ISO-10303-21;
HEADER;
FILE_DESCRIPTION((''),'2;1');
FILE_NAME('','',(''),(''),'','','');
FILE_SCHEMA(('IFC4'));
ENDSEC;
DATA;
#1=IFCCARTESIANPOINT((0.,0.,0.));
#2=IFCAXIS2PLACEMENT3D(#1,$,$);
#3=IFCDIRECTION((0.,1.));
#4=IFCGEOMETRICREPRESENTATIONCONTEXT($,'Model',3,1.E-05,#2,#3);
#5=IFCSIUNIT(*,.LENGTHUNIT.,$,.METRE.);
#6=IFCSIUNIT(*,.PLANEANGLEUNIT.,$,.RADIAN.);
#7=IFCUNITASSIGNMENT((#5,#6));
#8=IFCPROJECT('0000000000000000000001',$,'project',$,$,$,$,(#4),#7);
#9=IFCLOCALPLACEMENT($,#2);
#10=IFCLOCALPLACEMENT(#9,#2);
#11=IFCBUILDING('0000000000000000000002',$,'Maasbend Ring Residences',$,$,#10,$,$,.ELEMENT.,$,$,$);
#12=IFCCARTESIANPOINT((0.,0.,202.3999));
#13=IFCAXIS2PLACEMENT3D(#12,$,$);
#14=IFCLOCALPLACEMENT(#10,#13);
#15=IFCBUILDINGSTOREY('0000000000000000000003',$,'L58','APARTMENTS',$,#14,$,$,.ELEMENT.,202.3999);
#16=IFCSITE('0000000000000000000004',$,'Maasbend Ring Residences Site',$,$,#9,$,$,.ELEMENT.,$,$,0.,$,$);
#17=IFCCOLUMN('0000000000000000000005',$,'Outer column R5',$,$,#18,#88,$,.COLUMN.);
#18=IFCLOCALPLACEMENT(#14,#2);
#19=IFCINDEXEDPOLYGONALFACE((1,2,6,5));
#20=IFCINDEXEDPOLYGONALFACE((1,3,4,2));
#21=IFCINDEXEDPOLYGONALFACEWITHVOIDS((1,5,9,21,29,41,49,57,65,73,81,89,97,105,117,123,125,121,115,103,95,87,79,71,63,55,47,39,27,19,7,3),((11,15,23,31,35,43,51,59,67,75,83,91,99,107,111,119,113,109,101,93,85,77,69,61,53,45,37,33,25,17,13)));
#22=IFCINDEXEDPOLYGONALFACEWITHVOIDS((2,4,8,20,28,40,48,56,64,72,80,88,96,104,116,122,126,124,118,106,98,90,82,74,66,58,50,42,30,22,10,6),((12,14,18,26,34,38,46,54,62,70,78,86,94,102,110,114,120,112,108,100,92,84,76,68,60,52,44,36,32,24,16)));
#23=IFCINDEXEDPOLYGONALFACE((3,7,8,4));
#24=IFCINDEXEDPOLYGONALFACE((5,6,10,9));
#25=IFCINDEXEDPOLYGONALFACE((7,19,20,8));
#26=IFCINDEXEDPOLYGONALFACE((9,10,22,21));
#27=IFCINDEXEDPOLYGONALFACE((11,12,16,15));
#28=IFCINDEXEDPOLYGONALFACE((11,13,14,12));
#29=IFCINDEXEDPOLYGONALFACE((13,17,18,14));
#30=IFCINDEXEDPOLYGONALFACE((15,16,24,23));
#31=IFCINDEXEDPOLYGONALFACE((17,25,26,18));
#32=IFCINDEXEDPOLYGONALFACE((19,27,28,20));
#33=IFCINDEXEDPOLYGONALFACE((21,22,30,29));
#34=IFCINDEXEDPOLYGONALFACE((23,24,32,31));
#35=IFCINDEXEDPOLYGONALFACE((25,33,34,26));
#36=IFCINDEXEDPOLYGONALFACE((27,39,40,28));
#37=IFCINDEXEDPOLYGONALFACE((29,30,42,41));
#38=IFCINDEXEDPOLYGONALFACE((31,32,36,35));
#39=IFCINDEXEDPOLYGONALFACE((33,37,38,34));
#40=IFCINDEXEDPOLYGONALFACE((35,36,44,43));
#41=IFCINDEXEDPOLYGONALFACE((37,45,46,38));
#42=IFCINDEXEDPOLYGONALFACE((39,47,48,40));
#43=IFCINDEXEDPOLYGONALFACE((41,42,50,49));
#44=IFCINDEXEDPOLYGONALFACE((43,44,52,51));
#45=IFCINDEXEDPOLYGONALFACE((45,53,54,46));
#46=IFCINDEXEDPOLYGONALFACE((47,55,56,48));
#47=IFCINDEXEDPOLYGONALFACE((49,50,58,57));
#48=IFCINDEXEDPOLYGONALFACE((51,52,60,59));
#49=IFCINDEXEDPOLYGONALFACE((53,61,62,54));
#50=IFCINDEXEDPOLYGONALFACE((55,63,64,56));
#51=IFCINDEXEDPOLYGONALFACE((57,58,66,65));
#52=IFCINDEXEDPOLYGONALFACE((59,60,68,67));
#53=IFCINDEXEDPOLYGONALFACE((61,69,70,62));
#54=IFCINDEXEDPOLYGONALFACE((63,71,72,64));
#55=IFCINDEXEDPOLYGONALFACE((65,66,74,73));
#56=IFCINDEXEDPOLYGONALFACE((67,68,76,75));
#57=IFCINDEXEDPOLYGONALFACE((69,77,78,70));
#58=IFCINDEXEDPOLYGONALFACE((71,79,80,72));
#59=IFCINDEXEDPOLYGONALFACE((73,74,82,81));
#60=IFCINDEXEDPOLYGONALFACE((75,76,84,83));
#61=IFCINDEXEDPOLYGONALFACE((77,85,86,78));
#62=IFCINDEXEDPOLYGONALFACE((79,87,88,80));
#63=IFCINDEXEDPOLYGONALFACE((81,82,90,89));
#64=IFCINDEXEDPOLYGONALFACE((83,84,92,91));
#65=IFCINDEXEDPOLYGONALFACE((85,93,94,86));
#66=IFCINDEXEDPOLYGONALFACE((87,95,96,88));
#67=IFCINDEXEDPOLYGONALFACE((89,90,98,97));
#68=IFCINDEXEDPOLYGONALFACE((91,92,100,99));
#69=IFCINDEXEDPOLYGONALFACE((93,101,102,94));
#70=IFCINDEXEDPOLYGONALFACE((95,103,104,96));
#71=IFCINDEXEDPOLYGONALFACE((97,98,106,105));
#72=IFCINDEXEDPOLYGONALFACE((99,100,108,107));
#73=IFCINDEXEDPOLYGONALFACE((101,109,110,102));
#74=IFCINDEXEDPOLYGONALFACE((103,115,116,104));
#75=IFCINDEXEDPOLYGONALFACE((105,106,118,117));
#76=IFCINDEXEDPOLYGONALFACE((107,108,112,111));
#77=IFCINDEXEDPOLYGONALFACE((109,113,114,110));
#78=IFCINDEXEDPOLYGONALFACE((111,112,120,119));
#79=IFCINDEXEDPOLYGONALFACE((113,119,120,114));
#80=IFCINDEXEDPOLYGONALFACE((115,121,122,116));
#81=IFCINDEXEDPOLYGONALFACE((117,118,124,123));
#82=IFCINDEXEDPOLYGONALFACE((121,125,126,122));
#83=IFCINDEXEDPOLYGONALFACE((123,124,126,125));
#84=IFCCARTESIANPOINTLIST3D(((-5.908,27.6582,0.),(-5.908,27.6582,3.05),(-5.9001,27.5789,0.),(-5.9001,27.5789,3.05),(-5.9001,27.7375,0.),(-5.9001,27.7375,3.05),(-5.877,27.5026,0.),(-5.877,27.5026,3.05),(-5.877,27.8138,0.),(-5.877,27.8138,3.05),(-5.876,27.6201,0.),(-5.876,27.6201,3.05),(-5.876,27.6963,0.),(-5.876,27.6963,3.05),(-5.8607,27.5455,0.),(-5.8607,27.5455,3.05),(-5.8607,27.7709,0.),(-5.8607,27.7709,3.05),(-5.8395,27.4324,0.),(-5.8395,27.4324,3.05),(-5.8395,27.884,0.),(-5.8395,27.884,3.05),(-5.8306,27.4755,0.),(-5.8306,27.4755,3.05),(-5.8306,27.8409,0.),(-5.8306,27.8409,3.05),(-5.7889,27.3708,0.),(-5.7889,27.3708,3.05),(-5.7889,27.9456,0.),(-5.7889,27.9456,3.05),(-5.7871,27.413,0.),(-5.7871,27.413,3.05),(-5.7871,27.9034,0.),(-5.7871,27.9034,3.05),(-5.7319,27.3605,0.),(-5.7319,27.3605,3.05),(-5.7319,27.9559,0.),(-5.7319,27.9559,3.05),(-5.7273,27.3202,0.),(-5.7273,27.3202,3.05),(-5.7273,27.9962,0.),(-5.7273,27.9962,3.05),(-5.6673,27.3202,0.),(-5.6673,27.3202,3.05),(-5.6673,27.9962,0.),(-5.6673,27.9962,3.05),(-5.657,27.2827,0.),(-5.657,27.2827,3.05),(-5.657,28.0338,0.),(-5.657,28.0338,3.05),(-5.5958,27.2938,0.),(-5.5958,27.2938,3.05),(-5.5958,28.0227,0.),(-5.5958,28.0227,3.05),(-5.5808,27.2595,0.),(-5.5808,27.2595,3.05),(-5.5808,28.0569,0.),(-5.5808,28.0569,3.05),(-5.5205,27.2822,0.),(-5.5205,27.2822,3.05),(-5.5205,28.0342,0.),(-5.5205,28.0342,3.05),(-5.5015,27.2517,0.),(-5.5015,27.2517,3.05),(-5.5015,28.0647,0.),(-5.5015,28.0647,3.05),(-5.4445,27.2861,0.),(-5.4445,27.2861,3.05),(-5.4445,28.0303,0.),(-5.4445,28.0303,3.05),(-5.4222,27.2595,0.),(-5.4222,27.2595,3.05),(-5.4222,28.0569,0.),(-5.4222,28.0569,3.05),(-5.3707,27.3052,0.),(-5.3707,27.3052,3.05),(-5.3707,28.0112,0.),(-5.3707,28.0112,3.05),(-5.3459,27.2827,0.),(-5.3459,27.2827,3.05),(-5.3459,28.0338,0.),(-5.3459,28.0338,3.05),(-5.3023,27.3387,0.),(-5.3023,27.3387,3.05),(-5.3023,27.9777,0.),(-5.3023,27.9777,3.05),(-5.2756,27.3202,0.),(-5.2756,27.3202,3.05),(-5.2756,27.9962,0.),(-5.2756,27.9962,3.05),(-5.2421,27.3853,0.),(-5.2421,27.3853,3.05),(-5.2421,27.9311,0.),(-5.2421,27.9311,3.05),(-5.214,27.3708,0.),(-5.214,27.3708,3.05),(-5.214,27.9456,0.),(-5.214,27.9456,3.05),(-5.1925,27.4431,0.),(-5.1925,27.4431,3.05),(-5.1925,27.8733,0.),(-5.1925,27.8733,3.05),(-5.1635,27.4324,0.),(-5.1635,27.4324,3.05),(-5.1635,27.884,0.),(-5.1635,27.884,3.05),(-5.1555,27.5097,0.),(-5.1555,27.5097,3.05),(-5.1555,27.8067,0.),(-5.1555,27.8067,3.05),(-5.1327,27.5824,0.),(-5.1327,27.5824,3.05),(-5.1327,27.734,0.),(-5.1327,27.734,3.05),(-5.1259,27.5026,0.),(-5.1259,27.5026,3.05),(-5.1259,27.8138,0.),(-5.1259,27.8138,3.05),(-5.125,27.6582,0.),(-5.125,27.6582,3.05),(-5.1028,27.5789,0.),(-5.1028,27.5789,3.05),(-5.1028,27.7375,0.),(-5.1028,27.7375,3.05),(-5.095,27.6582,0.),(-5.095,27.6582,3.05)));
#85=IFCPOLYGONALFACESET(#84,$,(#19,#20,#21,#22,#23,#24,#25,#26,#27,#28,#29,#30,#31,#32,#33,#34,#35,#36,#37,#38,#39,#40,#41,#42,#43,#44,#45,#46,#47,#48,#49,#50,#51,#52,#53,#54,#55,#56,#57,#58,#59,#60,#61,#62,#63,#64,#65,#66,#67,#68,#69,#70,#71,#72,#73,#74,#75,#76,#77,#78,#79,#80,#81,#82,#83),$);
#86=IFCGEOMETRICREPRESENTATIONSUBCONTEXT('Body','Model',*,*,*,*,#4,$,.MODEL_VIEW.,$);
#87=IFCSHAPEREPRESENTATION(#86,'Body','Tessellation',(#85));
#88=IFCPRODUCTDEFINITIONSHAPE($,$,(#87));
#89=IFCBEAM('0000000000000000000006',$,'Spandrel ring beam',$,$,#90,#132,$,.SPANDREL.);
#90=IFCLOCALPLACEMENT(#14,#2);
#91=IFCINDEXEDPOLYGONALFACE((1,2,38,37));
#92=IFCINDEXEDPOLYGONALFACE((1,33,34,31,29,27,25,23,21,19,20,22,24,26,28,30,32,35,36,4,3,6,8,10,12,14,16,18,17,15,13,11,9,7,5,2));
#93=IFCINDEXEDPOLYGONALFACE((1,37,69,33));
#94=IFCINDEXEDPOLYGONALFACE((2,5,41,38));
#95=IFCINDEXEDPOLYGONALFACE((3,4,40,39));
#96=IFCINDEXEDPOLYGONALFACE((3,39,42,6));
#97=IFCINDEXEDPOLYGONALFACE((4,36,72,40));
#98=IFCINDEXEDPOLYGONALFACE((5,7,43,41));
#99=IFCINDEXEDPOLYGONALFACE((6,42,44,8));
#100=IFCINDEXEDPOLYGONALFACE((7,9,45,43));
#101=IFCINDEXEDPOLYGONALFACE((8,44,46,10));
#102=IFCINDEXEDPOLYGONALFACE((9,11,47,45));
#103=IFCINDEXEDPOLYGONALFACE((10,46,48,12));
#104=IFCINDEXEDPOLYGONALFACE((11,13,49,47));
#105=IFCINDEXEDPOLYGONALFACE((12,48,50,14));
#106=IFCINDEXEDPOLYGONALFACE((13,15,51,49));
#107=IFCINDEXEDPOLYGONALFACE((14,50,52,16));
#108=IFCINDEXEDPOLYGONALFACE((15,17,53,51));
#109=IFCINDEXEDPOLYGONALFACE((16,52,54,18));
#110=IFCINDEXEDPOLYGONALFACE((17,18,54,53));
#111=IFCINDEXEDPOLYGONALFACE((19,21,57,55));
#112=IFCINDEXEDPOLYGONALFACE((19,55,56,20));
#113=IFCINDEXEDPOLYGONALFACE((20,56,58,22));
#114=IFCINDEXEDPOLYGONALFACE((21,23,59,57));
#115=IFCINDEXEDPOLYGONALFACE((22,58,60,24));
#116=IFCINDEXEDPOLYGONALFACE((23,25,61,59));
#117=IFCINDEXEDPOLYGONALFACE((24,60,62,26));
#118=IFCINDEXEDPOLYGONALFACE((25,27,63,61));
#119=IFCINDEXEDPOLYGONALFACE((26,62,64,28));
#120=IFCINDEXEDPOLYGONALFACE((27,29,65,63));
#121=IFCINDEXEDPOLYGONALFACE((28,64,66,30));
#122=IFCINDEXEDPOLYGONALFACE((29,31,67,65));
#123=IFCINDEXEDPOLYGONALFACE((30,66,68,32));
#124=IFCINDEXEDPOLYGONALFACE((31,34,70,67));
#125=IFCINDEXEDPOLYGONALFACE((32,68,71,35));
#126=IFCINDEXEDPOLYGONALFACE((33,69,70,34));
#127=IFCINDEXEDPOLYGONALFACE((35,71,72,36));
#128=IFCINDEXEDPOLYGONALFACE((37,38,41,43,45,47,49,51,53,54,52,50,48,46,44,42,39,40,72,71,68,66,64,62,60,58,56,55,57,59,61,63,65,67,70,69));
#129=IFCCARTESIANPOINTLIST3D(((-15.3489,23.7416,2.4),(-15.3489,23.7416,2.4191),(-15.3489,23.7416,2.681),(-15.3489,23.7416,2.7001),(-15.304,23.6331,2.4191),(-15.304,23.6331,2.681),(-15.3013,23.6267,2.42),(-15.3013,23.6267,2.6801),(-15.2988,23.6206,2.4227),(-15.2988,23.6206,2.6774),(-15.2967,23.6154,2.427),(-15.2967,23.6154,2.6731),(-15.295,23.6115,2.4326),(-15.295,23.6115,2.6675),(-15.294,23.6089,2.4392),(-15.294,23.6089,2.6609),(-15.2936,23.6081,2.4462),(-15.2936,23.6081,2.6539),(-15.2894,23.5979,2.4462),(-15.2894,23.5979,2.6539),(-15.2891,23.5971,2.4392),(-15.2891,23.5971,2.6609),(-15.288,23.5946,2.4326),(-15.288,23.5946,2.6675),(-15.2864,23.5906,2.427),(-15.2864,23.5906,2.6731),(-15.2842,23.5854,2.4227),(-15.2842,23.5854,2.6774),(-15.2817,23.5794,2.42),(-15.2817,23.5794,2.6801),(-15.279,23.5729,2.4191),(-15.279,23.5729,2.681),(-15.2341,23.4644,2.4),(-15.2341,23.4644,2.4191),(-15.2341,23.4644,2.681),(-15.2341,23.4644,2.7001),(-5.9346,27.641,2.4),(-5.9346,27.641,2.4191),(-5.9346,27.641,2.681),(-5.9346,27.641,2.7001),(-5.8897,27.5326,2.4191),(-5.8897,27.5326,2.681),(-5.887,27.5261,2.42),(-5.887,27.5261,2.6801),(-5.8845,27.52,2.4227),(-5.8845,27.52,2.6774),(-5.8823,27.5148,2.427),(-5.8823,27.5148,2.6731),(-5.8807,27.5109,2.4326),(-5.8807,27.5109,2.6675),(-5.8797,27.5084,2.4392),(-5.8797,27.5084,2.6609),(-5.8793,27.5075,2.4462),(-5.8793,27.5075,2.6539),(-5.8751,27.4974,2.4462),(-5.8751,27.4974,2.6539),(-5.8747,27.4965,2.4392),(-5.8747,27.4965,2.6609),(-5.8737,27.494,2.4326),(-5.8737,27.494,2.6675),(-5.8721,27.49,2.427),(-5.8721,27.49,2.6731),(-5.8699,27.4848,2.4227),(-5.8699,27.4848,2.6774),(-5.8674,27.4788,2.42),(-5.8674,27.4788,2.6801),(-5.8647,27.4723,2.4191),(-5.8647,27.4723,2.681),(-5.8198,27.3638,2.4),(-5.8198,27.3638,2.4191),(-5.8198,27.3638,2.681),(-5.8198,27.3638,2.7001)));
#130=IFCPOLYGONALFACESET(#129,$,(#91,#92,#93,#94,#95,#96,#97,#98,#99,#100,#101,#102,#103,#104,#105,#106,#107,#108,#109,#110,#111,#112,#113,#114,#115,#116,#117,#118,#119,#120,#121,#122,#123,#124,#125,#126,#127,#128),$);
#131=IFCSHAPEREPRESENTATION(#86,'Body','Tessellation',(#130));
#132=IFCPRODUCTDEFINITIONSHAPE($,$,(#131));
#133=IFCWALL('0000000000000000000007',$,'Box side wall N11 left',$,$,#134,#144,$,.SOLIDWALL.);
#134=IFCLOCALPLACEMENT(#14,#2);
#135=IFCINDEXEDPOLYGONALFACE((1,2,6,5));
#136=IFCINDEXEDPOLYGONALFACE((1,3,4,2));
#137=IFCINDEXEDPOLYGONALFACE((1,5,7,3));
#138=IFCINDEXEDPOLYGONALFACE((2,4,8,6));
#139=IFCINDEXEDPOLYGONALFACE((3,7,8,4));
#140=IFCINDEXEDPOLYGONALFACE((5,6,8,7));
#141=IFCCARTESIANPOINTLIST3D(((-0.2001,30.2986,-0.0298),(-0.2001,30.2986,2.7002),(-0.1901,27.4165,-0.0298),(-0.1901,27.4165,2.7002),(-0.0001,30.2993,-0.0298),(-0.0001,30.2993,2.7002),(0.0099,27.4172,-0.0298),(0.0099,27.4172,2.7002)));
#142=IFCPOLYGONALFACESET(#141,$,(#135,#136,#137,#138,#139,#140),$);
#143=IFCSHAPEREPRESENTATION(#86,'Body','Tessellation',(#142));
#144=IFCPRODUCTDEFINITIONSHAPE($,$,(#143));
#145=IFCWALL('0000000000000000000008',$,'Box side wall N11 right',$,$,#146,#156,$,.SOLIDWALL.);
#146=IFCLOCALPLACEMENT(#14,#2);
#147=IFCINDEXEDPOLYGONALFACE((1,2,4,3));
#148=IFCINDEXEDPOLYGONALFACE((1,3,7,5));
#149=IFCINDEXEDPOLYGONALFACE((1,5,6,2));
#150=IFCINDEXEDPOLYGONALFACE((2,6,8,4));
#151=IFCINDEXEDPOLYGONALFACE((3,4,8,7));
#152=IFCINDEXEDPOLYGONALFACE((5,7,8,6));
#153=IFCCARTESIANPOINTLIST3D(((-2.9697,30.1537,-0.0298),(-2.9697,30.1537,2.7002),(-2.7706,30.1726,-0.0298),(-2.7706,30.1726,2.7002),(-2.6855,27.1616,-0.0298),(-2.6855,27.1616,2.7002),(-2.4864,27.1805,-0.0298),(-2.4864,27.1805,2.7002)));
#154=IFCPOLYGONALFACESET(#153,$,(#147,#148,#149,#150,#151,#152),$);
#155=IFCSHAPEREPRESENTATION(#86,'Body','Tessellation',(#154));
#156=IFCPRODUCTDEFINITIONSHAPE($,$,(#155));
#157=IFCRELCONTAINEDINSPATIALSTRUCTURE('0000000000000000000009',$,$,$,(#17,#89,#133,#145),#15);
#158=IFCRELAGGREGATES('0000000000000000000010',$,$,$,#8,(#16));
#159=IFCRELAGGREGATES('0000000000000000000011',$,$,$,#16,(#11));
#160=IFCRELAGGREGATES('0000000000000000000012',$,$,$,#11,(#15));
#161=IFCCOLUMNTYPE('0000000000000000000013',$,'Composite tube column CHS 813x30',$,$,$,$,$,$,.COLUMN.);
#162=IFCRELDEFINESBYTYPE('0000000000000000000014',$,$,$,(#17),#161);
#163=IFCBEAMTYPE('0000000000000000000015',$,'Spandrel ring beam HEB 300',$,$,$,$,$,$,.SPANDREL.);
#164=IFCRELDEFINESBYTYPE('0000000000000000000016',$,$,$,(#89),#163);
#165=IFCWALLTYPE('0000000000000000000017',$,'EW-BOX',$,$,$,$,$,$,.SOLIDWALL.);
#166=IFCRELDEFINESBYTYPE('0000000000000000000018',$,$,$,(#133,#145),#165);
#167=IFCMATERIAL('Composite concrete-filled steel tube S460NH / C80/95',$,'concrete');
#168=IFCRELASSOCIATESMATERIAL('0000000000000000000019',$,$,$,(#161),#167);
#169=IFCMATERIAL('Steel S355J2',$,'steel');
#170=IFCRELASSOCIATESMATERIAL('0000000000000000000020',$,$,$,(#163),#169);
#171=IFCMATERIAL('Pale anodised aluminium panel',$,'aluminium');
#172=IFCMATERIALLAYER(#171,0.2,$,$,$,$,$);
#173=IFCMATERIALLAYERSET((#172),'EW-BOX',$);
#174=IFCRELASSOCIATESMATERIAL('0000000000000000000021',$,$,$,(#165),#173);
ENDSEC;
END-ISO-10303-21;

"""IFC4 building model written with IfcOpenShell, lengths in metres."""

from ifc_helpers import new_model, si_unit, direction, frame, frame_2d, origin, origin_2d, place, context, subcontext, project, spatial, rectangle, hollow_circle, i_section, extrude, material, layer, layer_set, material_profile, profile_set, type_object, element, save


model = new_model("IFC4")

# Units and contexts
model_context = context("Model", 3, precision=1e-05, world=origin(), true_north=direction((0.0, 1.0)))
body_context = subcontext(model_context, "Body", "Model", "MODEL_VIEW")
ifc_project = project(units=[si_unit("LENGTHUNIT", "METRE"), si_unit("PLANEANGLEUNIT", "RADIAN")], contexts=[model_context])

# Site, building, storey
site_placement = place(None, origin())
site = spatial("IfcSite", under=ifc_project, at=site_placement, Name="Maasbend Ring Residences Site", CompositionType="ELEMENT", RefElevation=0.0)
building_placement = place(site_placement, origin())
building = spatial("IfcBuilding", under=site, at=building_placement, Name="Maasbend Ring Residences", CompositionType="ELEMENT")
storey_placement = place(building_placement, frame((0.0, 0.0, 202.3999)))
storey = spatial("IfcBuildingStorey", under=building, at=storey_placement, Name="L58", Description="APARTMENTS", CompositionType="ELEMENT", Elevation=202.3999)

# Column
ifc_material_1 = material(Name="Composite concrete-filled steel tube S460NH / C80/95", Category="concrete")
ifc_material_profile_1 = material_profile(ifc_material_1, hollow_circle(Radius=0.4065, WallThickness=0.03, at=origin_2d()), Name="Composite tube column CHS 813x30")
ifc_profile_set_1 = profile_set([ifc_material_profile_1], Name="Composite concrete-filled steel tube S460NH / C80/95")
column_type = type_object("IfcColumnType", Name="Composite tube column CHS 813x30", PredefinedType="COLUMN", material=ifc_profile_set_1)
column_placement = place(storey_placement, frame((-5.5015, 27.6582, 0.0), z_axis=(0.0, 0.0, 1.0), x_axis=(1.0, 0.0, 0.0)))
element("IfcColumn", 1, at=column_placement, inside=storey, type_object=column_type, Name="Outer column R5", PredefinedType="COLUMN", context=body_context, shape_type="SweptSolid", body=[
    extrude(hollow_circle(Radius=0.4065, WallThickness=0.03, at=origin_2d()), origin(), (0.0, 0.0, 1.0), 3.05),
])

# Beam
ifc_material_2 = material(Name="Steel S355J2", Category="steel")
ifc_material_profile_2 = material_profile(ifc_material_2, i_section(OverallWidth=0.3, OverallDepth=0.3, WebThickness=0.011, FlangeThickness=0.019, FilletRadius=0.0271, at=origin_2d()), Name="HEB 300")
ifc_profile_set_2 = profile_set([ifc_material_profile_2], Name="Steel S355J2")
beam_type = type_object("IfcBeamType", Name="Spandrel ring beam HEB 300", PredefinedType="SPANDREL", material=ifc_profile_set_2)
beam_placement = place(storey_placement, frame((-5.8772, 27.5024, 2.55), z_axis=(-0.923884, -0.382673, 0.0), x_axis=(0.382673, -0.923884, 0.0)))
element("IfcBeam", 2, at=beam_placement, inside=storey, type_object=beam_type, Name="Spandrel ring beam", PredefinedType="SPANDREL", context=body_context, shape_type="SweptSolid", body=[
    extrude(i_section(OverallWidth=0.3, OverallDepth=0.3, WebThickness=0.011, FlangeThickness=0.019, FilletRadius=0.0271, at=origin_2d()), origin(), (0.0, 0.0, 1.0), 10.1899),
])

# Walls
ifc_material_3 = material(Name="Pale anodised aluminium panel", Category="aluminium")
ifc_layer_1 = layer(ifc_material_3, 0.2)
ifc_layer_set_1 = layer_set([ifc_layer_1], Name="EW-BOX")
wall_type_1 = type_object("IfcWallType", Name="EW-BOX", PredefinedType="SOLIDWALL", material=ifc_layer_set_1)
wall_1_placement = place(storey_placement, frame((-0.0901, 27.417, -0.0298), z_axis=(0.0, 0.0, 1.0), x_axis=(-0.003473, 0.999994, 0.0)))
element("IfcWall", 3, at=wall_1_placement, inside=storey, type_object=wall_type_1, Name="Box side wall N11 left", PredefinedType="SOLIDWALL", context=body_context, shape_type="SweptSolid", body=[
    extrude(rectangle(XDim=2.8821, YDim=0.2, at=frame_2d((1.4409, 0.0))), origin(), (0.0, 0.0, 1.0), 2.73),
])
wall_2_placement = place(storey_placement, frame((-2.5859, 27.1709, -0.0298), z_axis=(0.0, 0.0, 1.0), x_axis=(-0.094548, 0.99552, 0.0)))
element("IfcWall", 4, at=wall_2_placement, inside=storey, type_object=wall_type_1, Name="Box side wall N11 right", PredefinedType="SOLIDWALL", context=body_context, shape_type="SweptSolid", body=[
    extrude(rectangle(XDim=3.0056, YDim=0.2, at=frame_2d((1.5029, 0.0))), origin(), (0.0, 0.0, 1.0), 2.73),
])

save(model, "model.ifc")
